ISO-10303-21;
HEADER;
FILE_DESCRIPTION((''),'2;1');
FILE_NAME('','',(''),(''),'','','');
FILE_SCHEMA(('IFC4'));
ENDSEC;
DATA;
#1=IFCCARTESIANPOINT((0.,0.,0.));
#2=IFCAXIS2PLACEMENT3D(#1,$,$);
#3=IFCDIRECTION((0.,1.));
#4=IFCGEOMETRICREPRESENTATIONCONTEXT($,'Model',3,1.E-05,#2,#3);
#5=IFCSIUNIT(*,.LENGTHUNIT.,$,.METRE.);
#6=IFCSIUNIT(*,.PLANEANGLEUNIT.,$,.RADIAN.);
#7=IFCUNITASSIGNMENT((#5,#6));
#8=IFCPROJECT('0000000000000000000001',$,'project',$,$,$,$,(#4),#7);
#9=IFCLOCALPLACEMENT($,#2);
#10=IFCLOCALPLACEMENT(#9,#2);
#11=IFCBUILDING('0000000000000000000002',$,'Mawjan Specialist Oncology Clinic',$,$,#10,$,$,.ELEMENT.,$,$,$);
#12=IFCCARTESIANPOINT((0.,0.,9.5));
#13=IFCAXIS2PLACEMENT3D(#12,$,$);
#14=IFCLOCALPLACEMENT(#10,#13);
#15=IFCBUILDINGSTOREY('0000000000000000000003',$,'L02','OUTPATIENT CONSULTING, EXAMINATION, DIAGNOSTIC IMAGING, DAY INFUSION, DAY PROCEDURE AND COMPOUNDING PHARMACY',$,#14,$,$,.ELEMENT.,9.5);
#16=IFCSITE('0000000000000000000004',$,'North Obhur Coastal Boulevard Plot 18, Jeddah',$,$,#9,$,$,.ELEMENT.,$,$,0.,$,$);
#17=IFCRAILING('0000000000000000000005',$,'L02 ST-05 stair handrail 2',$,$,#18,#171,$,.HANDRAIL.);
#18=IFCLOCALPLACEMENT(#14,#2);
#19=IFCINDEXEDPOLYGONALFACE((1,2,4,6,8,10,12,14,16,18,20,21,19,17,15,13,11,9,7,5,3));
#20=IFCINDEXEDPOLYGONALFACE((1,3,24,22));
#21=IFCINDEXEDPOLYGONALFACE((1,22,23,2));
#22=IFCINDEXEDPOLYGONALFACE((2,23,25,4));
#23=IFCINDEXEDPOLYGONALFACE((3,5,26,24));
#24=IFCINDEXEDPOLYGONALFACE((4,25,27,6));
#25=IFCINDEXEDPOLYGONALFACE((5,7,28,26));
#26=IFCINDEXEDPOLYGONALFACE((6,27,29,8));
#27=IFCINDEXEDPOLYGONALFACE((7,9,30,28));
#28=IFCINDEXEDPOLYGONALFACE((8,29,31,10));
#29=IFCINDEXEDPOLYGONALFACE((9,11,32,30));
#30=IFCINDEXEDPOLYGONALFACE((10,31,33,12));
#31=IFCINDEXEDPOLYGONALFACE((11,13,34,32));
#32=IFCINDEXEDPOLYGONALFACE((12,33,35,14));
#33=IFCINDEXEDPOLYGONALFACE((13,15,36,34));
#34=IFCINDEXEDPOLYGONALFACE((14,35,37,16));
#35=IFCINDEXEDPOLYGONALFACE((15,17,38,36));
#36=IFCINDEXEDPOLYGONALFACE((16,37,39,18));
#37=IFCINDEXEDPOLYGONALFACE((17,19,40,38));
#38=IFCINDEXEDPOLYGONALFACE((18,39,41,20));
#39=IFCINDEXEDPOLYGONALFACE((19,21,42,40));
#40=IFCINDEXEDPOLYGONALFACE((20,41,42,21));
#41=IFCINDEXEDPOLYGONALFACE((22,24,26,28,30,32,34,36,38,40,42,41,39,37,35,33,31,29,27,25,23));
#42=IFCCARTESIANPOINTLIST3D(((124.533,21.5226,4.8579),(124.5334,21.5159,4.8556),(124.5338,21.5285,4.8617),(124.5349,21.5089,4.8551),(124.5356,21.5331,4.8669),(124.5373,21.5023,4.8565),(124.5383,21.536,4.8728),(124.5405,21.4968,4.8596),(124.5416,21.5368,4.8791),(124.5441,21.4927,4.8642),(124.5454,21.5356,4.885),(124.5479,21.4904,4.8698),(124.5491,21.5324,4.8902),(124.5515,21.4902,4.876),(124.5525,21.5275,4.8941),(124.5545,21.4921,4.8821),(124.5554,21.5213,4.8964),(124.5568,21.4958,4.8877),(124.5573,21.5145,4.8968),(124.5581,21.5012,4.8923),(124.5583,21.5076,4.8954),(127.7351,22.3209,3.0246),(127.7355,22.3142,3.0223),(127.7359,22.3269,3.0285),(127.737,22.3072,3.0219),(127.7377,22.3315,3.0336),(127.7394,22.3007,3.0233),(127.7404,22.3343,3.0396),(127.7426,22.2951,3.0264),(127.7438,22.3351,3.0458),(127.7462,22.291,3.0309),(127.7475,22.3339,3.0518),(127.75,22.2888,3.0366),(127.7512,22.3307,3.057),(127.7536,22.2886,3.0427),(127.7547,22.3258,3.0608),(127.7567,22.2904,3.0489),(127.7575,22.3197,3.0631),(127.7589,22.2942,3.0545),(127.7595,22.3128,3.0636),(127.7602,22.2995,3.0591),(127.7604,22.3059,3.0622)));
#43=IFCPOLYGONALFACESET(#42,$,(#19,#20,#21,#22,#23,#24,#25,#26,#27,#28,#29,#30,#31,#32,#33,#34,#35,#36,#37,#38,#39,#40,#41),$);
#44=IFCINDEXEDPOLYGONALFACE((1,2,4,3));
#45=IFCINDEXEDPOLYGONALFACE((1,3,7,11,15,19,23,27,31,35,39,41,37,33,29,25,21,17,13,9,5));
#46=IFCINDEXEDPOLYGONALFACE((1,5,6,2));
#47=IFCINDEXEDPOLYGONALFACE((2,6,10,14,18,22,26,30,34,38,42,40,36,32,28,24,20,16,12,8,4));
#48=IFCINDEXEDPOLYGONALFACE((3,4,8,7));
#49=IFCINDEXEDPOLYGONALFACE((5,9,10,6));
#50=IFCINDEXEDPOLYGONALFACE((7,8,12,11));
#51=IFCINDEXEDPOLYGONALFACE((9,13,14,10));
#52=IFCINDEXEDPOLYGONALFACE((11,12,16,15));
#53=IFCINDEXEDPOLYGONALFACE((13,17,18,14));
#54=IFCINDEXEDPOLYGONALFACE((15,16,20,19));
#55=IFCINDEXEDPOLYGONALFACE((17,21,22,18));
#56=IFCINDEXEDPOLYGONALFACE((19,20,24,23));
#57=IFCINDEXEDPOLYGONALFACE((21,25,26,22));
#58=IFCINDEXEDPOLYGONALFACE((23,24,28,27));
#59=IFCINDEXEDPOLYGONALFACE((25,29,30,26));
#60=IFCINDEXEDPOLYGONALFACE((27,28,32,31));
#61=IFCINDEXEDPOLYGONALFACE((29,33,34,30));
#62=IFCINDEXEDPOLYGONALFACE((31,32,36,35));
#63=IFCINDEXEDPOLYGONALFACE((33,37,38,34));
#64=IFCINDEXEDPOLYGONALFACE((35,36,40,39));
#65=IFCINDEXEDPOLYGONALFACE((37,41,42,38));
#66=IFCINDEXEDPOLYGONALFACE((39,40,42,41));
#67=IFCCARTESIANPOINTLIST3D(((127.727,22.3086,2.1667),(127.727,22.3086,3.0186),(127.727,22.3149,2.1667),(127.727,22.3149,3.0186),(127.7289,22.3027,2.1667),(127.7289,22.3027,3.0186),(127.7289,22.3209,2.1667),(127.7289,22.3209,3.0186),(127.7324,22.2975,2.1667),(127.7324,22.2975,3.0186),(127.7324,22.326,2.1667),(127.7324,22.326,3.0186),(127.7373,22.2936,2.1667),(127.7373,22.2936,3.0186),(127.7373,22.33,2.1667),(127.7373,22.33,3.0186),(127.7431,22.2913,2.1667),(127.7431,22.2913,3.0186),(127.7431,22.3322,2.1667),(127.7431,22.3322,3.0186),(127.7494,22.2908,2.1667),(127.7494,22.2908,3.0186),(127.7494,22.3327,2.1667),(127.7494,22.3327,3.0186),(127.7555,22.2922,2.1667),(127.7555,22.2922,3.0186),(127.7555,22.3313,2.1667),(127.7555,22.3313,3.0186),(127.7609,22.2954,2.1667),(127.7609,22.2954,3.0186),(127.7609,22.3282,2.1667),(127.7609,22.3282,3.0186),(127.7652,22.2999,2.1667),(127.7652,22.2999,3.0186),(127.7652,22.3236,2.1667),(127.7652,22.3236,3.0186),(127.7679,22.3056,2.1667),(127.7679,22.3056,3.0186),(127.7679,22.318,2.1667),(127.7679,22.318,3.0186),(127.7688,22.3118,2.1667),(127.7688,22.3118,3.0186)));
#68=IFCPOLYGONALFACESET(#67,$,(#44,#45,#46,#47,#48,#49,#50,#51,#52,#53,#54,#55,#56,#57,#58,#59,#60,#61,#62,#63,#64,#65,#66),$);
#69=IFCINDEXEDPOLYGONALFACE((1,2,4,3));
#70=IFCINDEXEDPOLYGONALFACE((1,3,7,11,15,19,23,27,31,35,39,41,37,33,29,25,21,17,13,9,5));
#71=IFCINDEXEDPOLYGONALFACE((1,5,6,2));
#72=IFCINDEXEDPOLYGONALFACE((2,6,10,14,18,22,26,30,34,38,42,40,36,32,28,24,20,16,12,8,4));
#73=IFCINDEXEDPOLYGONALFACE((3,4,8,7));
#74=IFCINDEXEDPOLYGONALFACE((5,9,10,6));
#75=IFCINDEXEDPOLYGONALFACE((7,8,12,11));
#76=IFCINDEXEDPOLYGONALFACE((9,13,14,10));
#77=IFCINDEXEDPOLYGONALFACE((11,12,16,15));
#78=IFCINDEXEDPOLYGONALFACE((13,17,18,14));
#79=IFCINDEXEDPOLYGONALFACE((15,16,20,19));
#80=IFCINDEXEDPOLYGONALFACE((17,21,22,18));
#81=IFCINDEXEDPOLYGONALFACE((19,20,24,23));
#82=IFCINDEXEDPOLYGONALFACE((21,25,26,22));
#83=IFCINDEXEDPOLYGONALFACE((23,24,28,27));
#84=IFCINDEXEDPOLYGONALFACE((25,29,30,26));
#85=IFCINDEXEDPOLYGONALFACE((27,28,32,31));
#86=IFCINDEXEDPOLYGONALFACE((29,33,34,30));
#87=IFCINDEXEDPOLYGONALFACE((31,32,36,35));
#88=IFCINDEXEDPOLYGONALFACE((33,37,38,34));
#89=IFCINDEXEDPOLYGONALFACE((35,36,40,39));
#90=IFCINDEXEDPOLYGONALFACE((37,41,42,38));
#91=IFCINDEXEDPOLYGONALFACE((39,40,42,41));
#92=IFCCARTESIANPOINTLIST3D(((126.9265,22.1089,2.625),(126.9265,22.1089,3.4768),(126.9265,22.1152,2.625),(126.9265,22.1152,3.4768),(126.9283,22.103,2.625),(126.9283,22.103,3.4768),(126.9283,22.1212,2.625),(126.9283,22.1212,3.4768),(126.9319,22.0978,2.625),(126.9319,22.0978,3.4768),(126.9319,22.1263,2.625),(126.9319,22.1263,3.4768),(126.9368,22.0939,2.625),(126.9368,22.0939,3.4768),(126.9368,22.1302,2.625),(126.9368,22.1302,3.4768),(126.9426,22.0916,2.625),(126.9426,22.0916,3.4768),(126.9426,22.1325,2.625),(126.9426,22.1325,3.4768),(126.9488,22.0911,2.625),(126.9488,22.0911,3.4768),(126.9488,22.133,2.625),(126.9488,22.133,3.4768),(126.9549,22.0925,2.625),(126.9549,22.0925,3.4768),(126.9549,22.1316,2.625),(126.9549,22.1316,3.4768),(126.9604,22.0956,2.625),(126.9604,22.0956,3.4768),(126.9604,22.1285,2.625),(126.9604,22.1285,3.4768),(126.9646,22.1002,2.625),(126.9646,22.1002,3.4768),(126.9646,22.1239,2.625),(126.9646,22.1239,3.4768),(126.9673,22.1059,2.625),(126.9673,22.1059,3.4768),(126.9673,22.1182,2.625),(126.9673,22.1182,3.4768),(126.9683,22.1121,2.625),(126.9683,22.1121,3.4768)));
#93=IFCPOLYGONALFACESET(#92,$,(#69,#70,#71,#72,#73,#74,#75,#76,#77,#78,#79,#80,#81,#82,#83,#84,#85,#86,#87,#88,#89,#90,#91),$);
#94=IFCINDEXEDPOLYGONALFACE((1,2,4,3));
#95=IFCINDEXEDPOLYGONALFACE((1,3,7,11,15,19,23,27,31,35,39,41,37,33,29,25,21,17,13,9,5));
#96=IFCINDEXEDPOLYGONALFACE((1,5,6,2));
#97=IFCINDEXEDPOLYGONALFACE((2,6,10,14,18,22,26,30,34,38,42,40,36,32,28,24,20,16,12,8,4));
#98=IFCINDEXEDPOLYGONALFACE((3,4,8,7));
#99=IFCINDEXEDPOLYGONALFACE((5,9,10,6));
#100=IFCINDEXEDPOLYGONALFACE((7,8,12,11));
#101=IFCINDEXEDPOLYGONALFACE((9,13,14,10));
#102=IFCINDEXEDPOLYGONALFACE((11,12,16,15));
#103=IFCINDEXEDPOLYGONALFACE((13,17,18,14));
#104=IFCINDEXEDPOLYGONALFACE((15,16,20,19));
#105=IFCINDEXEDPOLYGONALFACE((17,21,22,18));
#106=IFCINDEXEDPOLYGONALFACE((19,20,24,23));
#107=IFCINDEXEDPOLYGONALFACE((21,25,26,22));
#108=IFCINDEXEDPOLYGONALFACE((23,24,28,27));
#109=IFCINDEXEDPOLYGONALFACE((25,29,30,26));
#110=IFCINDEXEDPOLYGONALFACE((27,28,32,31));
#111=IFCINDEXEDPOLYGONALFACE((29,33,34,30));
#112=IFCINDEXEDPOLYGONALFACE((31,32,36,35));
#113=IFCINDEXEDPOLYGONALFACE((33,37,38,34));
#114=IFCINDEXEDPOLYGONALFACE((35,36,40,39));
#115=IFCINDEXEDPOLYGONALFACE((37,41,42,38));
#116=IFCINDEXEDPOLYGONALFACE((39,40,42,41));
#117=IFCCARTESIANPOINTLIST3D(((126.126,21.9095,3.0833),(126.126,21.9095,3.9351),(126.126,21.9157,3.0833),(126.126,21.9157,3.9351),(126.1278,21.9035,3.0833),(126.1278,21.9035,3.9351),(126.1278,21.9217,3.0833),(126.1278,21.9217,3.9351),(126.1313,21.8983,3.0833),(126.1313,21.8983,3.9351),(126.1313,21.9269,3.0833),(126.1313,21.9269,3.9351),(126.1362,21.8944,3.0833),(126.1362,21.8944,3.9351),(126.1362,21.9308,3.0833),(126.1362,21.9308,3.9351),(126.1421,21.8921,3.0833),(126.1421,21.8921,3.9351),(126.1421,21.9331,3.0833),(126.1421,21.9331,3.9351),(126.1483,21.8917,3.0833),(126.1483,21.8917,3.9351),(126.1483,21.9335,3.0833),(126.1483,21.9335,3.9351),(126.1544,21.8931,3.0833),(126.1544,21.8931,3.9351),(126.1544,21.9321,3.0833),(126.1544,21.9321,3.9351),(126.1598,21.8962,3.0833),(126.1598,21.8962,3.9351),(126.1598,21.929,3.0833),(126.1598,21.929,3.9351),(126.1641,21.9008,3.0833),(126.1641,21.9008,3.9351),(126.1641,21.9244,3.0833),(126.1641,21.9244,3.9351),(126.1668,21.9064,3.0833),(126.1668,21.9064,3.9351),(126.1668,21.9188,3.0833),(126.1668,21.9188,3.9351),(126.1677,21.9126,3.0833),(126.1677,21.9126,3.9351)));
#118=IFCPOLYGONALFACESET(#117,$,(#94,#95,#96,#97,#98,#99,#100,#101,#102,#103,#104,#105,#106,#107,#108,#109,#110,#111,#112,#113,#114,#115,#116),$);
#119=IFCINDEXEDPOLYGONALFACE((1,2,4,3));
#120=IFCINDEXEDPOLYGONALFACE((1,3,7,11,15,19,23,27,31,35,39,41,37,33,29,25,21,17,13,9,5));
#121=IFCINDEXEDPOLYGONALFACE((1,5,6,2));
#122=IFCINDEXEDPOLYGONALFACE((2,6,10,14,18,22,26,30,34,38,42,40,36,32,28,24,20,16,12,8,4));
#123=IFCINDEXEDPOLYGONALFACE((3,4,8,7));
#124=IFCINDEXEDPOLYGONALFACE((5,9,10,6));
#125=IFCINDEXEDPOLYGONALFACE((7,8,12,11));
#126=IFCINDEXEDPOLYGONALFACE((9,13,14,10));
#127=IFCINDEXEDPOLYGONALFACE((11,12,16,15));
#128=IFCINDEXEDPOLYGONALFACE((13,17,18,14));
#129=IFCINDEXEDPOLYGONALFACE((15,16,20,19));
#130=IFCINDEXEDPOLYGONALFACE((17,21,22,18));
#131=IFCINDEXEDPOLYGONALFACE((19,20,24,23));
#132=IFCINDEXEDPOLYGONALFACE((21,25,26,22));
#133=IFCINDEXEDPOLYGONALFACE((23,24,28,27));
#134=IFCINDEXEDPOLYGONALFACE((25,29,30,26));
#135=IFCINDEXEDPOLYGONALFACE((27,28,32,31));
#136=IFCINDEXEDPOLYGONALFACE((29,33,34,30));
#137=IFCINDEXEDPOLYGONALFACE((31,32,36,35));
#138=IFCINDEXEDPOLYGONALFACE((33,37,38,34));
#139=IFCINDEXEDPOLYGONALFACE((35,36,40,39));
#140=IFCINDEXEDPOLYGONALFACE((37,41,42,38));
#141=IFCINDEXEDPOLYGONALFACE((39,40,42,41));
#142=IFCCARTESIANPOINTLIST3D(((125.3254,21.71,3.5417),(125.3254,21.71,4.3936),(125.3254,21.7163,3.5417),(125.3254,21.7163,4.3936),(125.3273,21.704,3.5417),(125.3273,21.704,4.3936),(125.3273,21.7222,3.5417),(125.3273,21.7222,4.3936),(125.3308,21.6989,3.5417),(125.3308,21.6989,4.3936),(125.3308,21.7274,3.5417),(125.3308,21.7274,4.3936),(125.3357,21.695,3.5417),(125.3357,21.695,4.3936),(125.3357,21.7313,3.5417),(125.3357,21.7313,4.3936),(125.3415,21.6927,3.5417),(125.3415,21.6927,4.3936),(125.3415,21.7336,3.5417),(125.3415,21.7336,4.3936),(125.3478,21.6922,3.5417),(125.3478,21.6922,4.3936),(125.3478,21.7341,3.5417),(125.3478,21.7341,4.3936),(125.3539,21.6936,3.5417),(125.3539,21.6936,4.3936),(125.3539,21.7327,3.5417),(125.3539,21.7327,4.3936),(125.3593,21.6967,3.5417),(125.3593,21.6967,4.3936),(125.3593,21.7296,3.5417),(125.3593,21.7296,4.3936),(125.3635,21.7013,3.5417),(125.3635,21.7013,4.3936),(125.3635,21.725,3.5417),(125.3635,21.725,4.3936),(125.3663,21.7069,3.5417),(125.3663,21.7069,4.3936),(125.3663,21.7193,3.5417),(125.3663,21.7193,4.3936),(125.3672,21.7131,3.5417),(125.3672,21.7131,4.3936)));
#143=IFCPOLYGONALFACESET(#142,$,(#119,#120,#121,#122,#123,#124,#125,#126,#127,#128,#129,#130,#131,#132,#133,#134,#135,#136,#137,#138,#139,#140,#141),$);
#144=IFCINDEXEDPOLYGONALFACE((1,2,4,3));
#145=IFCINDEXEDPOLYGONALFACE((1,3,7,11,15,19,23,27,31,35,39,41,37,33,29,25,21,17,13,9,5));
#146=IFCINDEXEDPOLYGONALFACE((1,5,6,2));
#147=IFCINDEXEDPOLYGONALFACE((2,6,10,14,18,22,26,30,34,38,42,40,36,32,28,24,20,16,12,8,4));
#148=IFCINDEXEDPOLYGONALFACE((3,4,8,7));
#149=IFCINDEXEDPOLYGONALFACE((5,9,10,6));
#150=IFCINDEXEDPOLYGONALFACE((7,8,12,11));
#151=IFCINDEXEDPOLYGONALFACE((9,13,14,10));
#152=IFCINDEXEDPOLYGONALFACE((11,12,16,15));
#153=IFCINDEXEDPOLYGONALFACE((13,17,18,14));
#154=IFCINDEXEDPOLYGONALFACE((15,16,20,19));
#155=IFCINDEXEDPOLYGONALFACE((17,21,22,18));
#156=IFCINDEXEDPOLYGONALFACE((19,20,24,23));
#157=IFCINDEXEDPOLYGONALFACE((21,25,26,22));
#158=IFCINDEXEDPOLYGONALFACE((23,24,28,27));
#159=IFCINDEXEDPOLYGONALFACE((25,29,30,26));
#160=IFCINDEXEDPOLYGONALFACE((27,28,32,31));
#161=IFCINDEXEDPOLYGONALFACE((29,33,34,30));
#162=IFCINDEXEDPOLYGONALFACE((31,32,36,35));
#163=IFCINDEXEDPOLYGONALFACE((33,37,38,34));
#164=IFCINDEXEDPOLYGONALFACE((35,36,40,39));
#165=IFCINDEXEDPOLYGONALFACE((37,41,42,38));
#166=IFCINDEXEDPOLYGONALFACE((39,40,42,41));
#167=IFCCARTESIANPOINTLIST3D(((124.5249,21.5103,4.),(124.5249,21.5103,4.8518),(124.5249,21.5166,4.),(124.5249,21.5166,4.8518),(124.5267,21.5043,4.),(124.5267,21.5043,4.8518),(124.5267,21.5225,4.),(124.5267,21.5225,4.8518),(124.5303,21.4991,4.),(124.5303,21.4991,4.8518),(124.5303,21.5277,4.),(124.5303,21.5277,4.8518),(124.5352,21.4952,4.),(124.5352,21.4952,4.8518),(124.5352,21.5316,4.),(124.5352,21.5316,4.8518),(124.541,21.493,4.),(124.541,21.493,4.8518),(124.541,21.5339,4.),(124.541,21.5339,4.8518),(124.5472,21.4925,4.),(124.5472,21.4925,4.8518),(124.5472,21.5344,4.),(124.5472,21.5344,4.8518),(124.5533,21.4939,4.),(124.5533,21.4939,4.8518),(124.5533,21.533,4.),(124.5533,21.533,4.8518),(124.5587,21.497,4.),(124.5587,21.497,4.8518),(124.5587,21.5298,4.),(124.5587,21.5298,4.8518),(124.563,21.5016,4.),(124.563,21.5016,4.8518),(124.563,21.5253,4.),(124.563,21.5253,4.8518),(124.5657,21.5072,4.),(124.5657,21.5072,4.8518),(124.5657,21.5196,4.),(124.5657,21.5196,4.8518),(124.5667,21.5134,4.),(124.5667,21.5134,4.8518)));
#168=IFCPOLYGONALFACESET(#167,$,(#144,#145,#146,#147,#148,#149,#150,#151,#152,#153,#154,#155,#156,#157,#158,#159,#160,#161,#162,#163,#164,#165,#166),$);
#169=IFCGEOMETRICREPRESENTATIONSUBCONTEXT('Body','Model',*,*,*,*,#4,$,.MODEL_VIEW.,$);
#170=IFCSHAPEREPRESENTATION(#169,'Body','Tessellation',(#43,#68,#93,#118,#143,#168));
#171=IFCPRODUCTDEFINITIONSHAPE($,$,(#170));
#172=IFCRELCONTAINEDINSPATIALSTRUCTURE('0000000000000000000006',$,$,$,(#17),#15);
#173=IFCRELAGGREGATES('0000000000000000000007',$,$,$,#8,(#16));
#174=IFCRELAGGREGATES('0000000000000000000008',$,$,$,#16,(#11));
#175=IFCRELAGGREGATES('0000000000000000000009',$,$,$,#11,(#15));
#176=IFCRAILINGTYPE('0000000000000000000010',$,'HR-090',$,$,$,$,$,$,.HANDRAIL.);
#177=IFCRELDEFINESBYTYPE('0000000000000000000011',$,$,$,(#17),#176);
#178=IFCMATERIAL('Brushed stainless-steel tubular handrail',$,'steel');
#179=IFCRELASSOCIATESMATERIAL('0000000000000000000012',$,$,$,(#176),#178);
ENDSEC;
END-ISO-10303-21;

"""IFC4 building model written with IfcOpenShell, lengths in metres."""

from ifc_helpers import new_model, si_unit, direction, frame, origin, origin_2d, place, context, subcontext, project, spatial, circle, extrude, material, type_object, element, save


model = new_model("IFC4")

# Units and contexts
model_context = context("Model", 3, precision=1e-05, world=origin(), true_north=direction((0.0, 1.0)))
body_context = subcontext(model_context, "Body", "Model", "MODEL_VIEW")
ifc_project = project(units=[si_unit("LENGTHUNIT", "METRE"), si_unit("PLANEANGLEUNIT", "RADIAN")], contexts=[model_context])

# Site, building, storey
site_placement = place(None, origin())
site = spatial("IfcSite", under=ifc_project, at=site_placement, Name="North Obhur Coastal Boulevard Plot 18, Jeddah", CompositionType="ELEMENT", RefElevation=0.0)
building_placement = place(site_placement, origin())
building = spatial("IfcBuilding", under=site, at=building_placement, Name="Mawjan Specialist Oncology Clinic", CompositionType="ELEMENT")
storey_placement = place(building_placement, frame((0.0, 0.0, 9.5)))
storey = spatial("IfcBuildingStorey", under=building, at=storey_placement, Name="L02", Description="OUTPATIENT CONSULTING, EXAMINATION, DIAGNOSTIC IMAGING, DAY INFUSION, DAY PROCEDURE AND COMPOUNDING PHARMACY", CompositionType="ELEMENT", Elevation=9.5)

# Railing
ifc_material_1 = material(Name="Brushed stainless-steel tubular handrail", Category="steel")
railing_type_1 = type_object("IfcRailingType", Name="HR-090", PredefinedType="HANDRAIL", material=ifc_material_1)
railing_1_placement = place(storey_placement, frame((127.7478, 22.3118, 2.1667)))
element("IfcRailing", 1, at=railing_1_placement, inside=storey, type_object=railing_type_1, Name="L02 ST-05 stair handrail 2", PredefinedType="HANDRAIL", context=body_context, shape_type="SweptSolid", body=[
    extrude(circle(Radius=0.0239, at=origin_2d()), frame((0.0, 0.0, 0.876), z_axis=(-0.848213, -0.211471, 0.485608), x_axis=(0.241909, -0.970299, 0.0)), (0.0, 0.0, 1.0), 3.7751),
    extrude(circle(Radius=0.021, at=origin_2d()), origin(), (0.0, 0.0, 1.0), 0.8518),
    extrude(circle(Radius=0.021, at=origin_2d()), frame((-0.8005, -0.1997, 0.4583)), (0.0, 0.0, 1.0), 0.8518),
    extrude(circle(Radius=0.021, at=origin_2d()), frame((-1.6011, -0.3992, 0.9165)), (0.0, 0.0, 1.0), 0.8518),
    extrude(circle(Radius=0.021, at=origin_2d()), frame((-2.4016, -0.5986, 1.375)), (0.0, 0.0, 1.0), 0.8518),
    extrude(circle(Radius=0.021, at=origin_2d()), frame((-3.2021, -0.7983, 1.8333)), (0.0, 0.0, 1.0), 0.8518),
])

save(model, "model.ifc")
